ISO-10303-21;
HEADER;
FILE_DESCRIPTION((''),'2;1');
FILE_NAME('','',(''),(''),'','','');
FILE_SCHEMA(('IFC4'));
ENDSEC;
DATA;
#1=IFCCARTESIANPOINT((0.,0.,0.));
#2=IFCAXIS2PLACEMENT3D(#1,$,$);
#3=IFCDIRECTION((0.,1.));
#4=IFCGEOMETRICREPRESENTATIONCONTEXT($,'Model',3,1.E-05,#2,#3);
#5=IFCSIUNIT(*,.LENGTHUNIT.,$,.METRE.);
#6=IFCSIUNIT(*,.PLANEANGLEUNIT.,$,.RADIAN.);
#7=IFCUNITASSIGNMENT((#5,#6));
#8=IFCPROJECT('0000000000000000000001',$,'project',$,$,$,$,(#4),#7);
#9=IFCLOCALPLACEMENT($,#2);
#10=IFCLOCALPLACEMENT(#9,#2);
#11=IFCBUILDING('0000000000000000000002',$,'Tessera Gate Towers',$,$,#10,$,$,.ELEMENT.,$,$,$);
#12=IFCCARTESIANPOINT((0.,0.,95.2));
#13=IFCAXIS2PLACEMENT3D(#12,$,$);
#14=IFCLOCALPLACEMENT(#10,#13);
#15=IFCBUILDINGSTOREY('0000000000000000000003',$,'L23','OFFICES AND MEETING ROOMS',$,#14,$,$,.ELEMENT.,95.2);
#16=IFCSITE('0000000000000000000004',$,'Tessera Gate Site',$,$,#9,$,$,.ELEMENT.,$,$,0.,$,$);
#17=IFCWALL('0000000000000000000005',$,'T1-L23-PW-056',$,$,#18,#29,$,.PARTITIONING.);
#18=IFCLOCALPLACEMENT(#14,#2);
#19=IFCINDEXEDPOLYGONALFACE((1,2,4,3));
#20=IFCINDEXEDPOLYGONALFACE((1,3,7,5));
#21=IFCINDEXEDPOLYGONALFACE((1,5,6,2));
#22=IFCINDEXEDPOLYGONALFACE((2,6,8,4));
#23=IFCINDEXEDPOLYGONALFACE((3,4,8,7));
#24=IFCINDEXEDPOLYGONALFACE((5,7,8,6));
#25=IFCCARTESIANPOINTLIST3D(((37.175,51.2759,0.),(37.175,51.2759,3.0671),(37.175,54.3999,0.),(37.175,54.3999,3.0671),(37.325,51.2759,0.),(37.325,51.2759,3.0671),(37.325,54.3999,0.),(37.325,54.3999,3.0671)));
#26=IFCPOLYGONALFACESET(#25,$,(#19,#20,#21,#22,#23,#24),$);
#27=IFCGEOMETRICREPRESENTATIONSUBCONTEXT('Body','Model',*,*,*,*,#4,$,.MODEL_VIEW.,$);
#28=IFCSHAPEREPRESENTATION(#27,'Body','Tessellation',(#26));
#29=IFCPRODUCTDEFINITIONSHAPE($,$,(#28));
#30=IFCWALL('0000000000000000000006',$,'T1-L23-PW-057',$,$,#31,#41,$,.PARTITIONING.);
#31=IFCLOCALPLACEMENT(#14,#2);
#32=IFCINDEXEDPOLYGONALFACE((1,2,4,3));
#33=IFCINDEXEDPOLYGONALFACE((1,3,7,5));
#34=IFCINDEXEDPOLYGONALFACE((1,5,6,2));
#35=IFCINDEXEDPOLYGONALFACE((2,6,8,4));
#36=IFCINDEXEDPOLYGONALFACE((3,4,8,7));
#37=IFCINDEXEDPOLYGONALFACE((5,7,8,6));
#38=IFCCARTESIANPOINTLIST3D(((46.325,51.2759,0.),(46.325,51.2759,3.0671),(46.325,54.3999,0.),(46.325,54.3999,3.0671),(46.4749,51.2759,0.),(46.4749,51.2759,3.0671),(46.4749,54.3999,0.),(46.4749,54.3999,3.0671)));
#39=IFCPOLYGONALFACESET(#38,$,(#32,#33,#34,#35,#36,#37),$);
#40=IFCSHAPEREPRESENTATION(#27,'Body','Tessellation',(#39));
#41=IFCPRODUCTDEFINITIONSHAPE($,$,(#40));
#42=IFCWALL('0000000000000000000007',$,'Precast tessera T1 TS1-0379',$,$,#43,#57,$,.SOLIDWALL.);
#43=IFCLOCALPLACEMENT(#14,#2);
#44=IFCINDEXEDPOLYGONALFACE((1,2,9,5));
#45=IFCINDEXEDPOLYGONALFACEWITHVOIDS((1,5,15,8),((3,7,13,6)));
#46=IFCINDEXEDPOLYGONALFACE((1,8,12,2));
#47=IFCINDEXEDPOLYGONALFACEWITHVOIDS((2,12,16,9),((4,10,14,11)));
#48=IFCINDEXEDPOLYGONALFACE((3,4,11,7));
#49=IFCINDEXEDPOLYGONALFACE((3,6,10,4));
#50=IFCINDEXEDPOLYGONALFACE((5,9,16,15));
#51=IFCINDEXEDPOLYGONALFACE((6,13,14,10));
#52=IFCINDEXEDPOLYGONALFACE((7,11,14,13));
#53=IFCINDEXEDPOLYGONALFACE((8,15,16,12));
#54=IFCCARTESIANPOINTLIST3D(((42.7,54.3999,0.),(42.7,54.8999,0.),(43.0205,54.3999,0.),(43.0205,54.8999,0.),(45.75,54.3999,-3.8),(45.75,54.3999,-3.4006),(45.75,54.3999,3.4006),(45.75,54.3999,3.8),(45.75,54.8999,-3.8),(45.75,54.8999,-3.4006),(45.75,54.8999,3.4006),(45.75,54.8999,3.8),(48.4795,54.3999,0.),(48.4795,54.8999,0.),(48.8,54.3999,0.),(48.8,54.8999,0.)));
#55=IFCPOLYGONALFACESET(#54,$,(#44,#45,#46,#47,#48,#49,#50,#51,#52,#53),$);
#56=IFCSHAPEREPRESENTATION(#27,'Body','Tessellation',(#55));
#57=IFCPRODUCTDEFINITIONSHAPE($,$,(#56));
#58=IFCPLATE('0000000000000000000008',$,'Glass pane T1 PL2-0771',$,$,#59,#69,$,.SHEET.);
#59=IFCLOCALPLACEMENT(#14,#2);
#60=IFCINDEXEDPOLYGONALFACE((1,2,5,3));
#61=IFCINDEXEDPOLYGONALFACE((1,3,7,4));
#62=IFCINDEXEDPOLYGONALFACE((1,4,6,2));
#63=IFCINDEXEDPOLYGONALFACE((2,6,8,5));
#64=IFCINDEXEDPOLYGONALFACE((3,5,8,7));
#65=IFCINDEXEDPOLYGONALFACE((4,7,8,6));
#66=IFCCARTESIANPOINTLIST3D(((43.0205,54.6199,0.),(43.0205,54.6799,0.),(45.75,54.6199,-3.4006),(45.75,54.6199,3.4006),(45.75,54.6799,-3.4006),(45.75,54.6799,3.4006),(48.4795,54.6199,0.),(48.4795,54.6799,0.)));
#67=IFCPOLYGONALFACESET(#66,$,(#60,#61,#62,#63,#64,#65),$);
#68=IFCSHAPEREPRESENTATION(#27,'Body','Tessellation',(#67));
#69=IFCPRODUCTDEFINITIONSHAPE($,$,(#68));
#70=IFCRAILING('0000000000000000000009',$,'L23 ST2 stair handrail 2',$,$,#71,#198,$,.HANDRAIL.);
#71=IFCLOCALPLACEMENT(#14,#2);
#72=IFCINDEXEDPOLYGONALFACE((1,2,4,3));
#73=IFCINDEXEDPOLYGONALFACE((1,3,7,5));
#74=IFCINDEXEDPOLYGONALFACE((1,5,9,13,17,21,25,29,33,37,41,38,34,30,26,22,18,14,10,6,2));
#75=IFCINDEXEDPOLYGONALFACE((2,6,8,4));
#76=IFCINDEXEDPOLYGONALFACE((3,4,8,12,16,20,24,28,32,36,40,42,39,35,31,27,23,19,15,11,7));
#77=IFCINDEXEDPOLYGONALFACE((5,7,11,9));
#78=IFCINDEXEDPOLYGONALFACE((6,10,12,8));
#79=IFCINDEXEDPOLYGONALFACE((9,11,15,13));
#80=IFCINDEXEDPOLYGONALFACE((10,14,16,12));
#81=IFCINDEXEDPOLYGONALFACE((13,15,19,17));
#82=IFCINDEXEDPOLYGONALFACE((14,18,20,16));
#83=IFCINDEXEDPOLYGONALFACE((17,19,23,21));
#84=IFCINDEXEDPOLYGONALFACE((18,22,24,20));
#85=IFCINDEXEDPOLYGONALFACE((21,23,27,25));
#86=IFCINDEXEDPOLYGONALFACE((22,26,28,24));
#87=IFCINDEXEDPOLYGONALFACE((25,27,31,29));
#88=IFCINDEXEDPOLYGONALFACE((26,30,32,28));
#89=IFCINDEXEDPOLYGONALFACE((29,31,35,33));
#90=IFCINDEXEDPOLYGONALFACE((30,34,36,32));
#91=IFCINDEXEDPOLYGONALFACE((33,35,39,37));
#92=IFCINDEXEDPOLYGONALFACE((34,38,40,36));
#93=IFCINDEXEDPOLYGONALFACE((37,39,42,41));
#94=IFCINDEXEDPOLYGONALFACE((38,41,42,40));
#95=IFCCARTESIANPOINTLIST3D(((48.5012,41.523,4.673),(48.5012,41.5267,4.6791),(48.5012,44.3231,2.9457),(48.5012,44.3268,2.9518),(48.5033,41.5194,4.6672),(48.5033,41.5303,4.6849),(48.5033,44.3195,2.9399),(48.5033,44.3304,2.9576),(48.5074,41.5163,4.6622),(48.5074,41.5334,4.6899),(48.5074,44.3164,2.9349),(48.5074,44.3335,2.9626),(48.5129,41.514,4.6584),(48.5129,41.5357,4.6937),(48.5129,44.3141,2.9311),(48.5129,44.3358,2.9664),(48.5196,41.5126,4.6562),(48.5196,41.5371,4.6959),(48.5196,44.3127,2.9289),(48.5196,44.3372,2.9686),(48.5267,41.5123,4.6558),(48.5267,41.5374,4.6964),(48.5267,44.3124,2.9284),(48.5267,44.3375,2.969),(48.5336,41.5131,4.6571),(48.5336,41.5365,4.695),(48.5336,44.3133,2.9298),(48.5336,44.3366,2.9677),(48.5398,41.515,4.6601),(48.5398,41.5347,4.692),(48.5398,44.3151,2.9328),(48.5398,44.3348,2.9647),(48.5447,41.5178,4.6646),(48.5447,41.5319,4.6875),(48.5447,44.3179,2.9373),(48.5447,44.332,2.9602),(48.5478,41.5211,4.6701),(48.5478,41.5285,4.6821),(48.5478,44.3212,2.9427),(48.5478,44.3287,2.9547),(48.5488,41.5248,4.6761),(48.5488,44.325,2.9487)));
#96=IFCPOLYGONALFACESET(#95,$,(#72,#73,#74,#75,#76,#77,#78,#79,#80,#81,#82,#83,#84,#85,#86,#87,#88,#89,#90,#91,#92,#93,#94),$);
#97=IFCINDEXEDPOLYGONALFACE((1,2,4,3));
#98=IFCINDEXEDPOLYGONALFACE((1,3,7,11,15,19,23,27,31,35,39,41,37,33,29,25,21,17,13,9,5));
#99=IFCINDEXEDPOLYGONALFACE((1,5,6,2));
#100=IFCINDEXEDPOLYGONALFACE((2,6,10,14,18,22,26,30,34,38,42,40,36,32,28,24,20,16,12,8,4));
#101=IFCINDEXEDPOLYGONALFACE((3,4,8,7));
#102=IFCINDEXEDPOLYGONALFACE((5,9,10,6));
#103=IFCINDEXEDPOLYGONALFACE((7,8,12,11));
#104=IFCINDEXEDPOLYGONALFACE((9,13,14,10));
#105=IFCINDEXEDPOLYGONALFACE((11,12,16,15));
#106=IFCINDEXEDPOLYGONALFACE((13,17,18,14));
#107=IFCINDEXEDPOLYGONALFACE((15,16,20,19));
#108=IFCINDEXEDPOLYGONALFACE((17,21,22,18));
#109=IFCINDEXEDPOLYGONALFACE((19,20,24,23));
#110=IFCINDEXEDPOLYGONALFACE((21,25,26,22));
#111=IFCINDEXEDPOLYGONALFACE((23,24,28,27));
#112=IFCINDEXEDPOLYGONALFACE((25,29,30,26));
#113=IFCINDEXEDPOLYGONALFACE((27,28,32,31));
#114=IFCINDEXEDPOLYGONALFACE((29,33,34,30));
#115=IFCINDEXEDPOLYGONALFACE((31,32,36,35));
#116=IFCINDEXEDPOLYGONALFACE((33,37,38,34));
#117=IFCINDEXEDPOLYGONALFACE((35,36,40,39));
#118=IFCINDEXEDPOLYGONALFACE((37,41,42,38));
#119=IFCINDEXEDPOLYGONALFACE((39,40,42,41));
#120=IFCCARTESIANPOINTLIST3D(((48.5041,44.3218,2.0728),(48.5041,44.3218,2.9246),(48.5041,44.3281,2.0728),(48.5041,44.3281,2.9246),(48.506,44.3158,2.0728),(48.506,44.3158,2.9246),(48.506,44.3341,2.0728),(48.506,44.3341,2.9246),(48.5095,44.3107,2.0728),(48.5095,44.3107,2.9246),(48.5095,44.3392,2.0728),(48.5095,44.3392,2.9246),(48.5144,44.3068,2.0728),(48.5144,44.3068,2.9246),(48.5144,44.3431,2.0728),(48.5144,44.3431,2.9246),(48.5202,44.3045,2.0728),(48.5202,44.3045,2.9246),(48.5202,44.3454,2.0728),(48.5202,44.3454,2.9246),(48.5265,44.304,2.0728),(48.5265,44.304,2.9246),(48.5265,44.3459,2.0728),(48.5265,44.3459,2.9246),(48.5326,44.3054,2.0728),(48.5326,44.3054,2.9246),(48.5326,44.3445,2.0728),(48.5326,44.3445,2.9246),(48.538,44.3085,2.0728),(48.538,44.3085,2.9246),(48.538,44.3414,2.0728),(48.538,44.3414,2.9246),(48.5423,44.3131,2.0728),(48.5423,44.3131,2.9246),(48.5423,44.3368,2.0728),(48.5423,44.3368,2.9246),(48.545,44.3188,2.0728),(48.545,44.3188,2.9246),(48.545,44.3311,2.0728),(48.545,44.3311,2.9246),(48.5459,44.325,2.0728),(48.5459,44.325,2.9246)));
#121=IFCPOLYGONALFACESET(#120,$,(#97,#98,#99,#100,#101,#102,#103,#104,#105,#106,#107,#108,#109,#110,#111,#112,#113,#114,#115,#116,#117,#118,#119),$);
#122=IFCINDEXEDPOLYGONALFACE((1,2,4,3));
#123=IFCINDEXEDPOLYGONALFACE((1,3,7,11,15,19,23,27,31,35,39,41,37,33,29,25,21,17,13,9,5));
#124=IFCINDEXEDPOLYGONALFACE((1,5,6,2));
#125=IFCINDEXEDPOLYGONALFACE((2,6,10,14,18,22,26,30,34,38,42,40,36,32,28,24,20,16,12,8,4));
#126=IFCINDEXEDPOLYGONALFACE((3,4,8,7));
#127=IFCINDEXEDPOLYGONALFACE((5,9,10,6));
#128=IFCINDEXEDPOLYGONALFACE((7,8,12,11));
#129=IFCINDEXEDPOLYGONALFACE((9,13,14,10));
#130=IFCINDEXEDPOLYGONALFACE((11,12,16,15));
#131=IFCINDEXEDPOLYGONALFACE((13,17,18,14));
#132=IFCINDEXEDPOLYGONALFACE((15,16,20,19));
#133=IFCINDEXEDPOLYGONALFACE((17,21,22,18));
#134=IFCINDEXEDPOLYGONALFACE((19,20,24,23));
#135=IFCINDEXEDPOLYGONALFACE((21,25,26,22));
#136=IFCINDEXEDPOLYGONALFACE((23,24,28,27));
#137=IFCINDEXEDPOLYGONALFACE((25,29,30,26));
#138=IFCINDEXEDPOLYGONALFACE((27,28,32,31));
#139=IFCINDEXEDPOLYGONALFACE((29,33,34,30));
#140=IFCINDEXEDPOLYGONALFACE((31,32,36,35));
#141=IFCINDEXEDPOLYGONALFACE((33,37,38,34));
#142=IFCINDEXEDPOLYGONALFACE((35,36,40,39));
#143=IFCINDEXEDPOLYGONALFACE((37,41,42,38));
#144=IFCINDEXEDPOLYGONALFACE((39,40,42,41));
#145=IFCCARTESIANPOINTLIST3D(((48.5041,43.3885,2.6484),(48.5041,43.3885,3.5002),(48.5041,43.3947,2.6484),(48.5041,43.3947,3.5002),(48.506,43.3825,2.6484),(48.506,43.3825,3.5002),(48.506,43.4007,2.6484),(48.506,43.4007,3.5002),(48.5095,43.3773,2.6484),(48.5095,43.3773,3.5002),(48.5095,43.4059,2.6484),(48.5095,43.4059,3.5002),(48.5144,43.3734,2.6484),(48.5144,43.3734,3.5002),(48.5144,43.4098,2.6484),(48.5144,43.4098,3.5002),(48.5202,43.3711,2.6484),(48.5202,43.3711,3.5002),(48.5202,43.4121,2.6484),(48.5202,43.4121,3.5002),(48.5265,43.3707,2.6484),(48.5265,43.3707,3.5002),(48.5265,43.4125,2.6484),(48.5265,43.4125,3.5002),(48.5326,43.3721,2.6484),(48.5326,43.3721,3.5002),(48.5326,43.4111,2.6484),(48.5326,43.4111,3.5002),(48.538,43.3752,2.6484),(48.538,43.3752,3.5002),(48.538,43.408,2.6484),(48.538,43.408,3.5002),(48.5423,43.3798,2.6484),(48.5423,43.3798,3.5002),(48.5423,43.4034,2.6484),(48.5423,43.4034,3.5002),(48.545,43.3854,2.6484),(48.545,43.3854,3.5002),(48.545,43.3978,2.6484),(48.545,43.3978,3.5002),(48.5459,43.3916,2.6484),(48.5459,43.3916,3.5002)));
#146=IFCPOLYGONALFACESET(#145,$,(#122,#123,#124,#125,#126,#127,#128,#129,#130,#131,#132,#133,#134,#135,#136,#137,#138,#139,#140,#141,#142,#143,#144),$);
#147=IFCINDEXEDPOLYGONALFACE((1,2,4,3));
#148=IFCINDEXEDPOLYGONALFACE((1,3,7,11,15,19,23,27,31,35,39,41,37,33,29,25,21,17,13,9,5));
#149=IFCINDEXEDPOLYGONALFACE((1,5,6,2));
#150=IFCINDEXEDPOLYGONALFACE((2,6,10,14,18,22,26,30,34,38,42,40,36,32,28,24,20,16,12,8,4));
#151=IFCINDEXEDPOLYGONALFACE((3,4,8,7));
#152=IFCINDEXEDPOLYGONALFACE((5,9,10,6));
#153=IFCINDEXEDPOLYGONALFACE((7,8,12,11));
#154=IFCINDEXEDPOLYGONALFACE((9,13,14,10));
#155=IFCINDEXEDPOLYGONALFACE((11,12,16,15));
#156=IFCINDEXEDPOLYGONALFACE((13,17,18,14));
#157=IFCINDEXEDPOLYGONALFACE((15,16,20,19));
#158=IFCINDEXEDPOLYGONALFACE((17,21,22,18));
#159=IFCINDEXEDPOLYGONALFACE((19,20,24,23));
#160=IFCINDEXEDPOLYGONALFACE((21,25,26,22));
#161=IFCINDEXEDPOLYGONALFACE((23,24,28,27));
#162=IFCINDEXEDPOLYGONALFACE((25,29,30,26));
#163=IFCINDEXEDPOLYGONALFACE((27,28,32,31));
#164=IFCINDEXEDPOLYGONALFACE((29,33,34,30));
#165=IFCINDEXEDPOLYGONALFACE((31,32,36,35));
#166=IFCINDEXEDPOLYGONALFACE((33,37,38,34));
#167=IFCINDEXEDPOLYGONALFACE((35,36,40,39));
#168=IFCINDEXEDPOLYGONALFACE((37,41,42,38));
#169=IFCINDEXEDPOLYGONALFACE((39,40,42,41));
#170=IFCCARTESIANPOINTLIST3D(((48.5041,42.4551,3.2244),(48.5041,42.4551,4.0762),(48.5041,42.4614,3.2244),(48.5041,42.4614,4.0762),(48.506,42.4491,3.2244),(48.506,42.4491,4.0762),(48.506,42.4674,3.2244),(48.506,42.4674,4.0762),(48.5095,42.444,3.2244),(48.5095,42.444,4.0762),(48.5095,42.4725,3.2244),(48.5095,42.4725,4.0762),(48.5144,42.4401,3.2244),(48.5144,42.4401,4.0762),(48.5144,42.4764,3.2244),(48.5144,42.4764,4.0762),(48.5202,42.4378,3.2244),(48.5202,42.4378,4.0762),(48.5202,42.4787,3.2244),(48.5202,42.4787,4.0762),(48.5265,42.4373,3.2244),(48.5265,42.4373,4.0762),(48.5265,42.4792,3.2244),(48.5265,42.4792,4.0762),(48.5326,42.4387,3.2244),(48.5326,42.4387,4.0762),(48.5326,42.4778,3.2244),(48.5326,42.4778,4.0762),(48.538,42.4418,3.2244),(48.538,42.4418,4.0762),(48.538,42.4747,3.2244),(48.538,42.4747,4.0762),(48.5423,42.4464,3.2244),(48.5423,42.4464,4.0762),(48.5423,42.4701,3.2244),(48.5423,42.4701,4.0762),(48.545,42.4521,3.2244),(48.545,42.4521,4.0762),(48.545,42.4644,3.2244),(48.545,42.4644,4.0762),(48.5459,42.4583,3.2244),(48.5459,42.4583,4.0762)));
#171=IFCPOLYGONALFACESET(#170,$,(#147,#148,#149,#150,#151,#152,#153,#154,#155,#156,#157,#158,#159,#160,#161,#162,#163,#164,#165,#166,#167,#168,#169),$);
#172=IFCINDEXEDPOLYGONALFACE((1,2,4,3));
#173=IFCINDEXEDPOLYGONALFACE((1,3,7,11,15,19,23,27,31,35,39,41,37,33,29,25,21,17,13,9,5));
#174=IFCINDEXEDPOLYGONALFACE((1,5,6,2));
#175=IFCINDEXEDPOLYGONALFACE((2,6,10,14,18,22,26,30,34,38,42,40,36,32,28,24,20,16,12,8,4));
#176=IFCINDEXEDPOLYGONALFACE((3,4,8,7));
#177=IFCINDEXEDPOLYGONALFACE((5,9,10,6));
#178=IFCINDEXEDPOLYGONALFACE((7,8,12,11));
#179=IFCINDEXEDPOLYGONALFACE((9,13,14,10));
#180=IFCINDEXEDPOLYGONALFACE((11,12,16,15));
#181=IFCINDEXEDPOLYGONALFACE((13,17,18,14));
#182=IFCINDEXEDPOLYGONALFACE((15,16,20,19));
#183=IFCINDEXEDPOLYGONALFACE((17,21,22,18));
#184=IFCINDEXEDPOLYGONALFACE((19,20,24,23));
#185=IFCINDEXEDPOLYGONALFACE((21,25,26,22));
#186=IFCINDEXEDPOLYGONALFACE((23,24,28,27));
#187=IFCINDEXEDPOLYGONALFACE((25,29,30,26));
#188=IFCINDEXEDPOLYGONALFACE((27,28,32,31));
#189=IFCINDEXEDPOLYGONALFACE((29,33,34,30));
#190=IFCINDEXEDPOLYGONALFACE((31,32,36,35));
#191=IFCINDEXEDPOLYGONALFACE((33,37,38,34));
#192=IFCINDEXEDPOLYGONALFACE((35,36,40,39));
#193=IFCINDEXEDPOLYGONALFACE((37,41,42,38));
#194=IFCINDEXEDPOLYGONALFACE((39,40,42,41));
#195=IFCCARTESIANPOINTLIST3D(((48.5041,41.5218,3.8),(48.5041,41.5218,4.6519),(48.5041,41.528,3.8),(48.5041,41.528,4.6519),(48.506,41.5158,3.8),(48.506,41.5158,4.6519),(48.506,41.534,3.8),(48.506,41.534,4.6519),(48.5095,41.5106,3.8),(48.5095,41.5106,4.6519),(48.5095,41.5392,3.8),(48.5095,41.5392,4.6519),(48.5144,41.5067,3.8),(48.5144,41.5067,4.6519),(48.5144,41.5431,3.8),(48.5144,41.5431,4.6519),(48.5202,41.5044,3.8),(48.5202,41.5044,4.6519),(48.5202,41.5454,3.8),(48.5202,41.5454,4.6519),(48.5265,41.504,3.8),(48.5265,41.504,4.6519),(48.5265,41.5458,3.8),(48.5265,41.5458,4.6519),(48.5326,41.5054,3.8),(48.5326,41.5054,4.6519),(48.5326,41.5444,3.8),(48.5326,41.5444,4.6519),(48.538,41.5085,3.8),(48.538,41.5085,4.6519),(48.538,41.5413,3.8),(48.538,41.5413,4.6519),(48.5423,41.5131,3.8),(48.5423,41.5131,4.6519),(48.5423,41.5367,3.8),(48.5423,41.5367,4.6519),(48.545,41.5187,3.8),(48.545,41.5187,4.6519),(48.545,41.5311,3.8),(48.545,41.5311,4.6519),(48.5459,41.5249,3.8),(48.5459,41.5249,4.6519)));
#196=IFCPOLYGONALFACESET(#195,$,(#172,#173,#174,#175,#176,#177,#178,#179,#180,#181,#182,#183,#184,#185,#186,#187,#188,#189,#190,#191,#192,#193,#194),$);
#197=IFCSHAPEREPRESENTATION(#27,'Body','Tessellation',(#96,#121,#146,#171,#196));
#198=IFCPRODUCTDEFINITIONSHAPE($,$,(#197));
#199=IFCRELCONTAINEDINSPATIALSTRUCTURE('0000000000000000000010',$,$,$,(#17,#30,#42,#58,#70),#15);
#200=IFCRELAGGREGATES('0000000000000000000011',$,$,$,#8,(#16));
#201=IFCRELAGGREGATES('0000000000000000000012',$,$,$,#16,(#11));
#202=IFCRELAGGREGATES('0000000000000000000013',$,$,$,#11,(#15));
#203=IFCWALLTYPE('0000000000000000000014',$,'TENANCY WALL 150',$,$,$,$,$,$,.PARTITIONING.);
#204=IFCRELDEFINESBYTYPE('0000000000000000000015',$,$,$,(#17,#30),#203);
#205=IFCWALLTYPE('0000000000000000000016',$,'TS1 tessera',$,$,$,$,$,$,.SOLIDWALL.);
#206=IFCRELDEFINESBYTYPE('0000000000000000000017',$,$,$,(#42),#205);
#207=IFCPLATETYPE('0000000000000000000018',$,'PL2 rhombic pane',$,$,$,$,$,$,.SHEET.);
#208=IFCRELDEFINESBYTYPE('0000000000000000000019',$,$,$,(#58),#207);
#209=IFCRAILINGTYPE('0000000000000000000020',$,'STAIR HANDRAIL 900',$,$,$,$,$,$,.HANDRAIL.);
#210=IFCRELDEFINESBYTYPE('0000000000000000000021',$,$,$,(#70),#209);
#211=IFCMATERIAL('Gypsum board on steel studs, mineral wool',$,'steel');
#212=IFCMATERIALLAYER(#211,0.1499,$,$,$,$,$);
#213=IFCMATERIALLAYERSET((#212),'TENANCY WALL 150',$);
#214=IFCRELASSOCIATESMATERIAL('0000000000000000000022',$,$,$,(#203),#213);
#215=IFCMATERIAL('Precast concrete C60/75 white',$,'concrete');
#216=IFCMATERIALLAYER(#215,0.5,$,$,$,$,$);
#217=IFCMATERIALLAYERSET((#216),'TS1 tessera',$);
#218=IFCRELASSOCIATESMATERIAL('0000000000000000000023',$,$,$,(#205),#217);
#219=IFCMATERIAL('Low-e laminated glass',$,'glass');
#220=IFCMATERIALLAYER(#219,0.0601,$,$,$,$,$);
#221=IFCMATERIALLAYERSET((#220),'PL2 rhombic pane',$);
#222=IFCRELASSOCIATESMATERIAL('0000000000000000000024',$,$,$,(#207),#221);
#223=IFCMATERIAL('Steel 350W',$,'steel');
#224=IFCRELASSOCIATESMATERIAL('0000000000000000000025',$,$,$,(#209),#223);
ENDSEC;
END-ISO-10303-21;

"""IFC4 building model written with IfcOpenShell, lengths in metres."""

from ifc_helpers import new_model, si_unit, direction, frame, frame_2d, origin, origin_2d, place, context, subcontext, project, spatial, polyline, rectangle, circle, outline, extrude, source, transform, mapped, material, layer, layer_set, type_object, element, fill, save


model = new_model("IFC4")

# Units and contexts
model_context = context("Model", 3, precision=1e-05, world=origin(), true_north=direction((0.0, 1.0)))
body_context = subcontext(model_context, "Body", "Model", "MODEL_VIEW")
ifc_project = project(units=[si_unit("LENGTHUNIT", "METRE"), si_unit("PLANEANGLEUNIT", "RADIAN")], contexts=[model_context])

# Site, building, storey
site_placement = place(None, origin())
site = spatial("IfcSite", under=ifc_project, at=site_placement, Name="Tessera Gate Site", CompositionType="ELEMENT", RefElevation=0.0)
building_placement = place(site_placement, origin())
building = spatial("IfcBuilding", under=site, at=building_placement, Name="Tessera Gate Towers", CompositionType="ELEMENT")
storey_placement = place(building_placement, frame((0.0, 0.0, 95.2)))
storey = spatial("IfcBuildingStorey", under=building, at=storey_placement, Name="L23", Description="OFFICES AND MEETING ROOMS", CompositionType="ELEMENT", Elevation=95.2)

# Walls
ifc_material_1 = material(Name="Gypsum board on steel studs, mineral wool", Category="steel")
ifc_layer_1 = layer(ifc_material_1, 0.1499)
ifc_layer_set_1 = layer_set([ifc_layer_1], Name="TENANCY WALL 150")
wall_type_1 = type_object("IfcWallType", Name="TENANCY WALL 150", PredefinedType="PARTITIONING", material=ifc_layer_set_1)
for number, where, z_axis, x_axis, name in (
    (1, (37.25, 51.2759, 0.0), (0.0, 0.0, 1.0), (0.0, 1.0, 0.0), "T1-L23-PW-056"),
    (2, (46.3999, 51.2759, 0.0), (0.0, 0.0, 1.0), (0.0, 1.0, 0.0), "T1-L23-PW-057"),
):
    element("IfcWall", number, at=place(storey_placement, frame(where, z_axis=z_axis, x_axis=x_axis)), inside=storey, type_object=wall_type_1, Name=name, PredefinedType="PARTITIONING", context=body_context, shape_type="SweptSolid", body=[
        extrude(rectangle(XDim=3.124, YDim=0.1499, at=frame_2d((1.562, 0.0))), origin(), (0.0, 0.0, 1.0), 3.0671),
    ])

# Wall, opening, plate
ifc_material_2 = material(Name="Precast concrete C60/75 white", Category="concrete")
ifc_layer_2 = layer(ifc_material_2, 0.5)
ifc_layer_set_2 = layer_set([ifc_layer_2], Name="TS1 tessera")
wall_type_2 = type_object("IfcWallType", Name="TS1 tessera", PredefinedType="SOLIDWALL", material=ifc_layer_set_2)
shared_shape_1 = source(origin(), body_context, "Body", "SweptSolid", [
    extrude(outline(polyline([(3.05, 0.0), (6.1001, 3.8), (3.05, 7.6001), (0.0, 3.8), (3.05, 0.0)])), frame((0.0, 0.25, 0.0), z_axis=(0.0, -1.0, 0.0), x_axis=(1.0, 0.0, 0.0)), (0.0, 0.0, 1.0), 0.5),
])
wall_1_placement = place(storey_placement, frame((48.8, 54.6499, -3.8), z_axis=(0.0, 0.0, 1.0), x_axis=(-1.0, 0.0, 0.0)))
wall_1 = element("IfcWall", 3, at=wall_1_placement, inside=storey, type_object=wall_type_2, Name="Precast tessera T1 TS1-0379", PredefinedType="SOLIDWALL", context=body_context, shape_type="MappedRepresentation", body=[
    mapped(shared_shape_1, transform((0.0, 0.0, 0.0), scale=1.0)),
])
shared_shape_2 = source(origin(), body_context, "Body", "SweptSolid", [
    extrude(outline(polyline([(3.05, 0.3994), (5.7795, 3.8), (3.05, 7.2007), (0.3206, 3.8), (3.05, 0.3994)])), frame((0.0, 0.26, 0.0), z_axis=(0.0, -1.0, 0.0), x_axis=(1.0, 0.0, 0.0)), (0.0, 0.0, 1.0), 0.52),
])
opening_1_placement = place(wall_1_placement, origin())
opening_1 = element("IfcOpeningElement", 4, at=opening_1_placement, cuts=wall_1, PredefinedType="OPENING", context=body_context, shape_type="MappedRepresentation", body=[
    mapped(shared_shape_2, transform((0.0, 0.0, 0.0), scale=1.0)),
])
ifc_material_3 = material(Name="Low-e laminated glass", Category="glass")
ifc_layer_3 = layer(ifc_material_3, 0.0601)
ifc_layer_set_3 = layer_set([ifc_layer_3], Name="PL2 rhombic pane")
plate_type = type_object("IfcPlateType", Name="PL2 rhombic pane", PredefinedType="SHEET", material=ifc_layer_set_3)
shared_shape_3 = source(origin(), body_context, "Body", "SweptSolid", [
    extrude(outline(polyline([(3.05, 0.3994), (5.7795, 3.8), (3.05, 7.2007), (0.3206, 3.8), (3.05, 0.3994)])), frame((0.0, 0.03, 0.0), z_axis=(0.0, -1.0, 0.0), x_axis=(1.0, 0.0, 0.0)), (0.0, 0.0, 1.0), 0.0601),
])
plate_placement = place(opening_1_placement, origin())
plate = element("IfcPlate", 5, at=plate_placement, inside=storey, type_object=plate_type, Name="Glass pane T1 PL2-0771", PredefinedType="SHEET", context=body_context, shape_type="MappedRepresentation", body=[
    mapped(shared_shape_3, transform((0.0, 0.0, 0.0), scale=1.0)),
])
fill(opening_1, plate)

# Railing
ifc_material_4 = material(Name="Steel 350W", Category="steel")
railing_type = type_object("IfcRailingType", Name="STAIR HANDRAIL 900", PredefinedType="HANDRAIL", material=ifc_material_4)
railing_placement = place(storey_placement, frame((48.5249, 44.325, 2.0728)))
element("IfcRailing", 6, at=railing_placement, inside=storey, type_object=railing_type, Name="L23 ST2 stair handrail 2", PredefinedType="HANDRAIL", context=body_context, shape_type="SweptSolid", body=[
    extrude(circle(Radius=0.0239, at=origin_2d()), frame((0.0, 0.0, 0.876), z_axis=(0.0, -0.85109, 0.52502), x_axis=(1.0, 0.0, 0.0)), (0.0, 0.0, 1.0), 3.29),
    extrude(circle(Radius=0.021, at=origin_2d()), origin(), (0.0, 0.0, 1.0), 0.8518),
    extrude(circle(Radius=0.021, at=origin_2d()), frame((0.0, -0.9333, 0.5757)), (0.0, 0.0, 1.0), 0.8518),
    extrude(circle(Radius=0.021, at=origin_2d()), frame((0.0, -1.8667, 1.1516)), (0.0, 0.0, 1.0), 0.8518),
    extrude(circle(Radius=0.021, at=origin_2d()), frame((0.0, -2.8, 1.7273)), (0.0, 0.0, 1.0), 0.8518),
])

save(model, "model.ifc")
